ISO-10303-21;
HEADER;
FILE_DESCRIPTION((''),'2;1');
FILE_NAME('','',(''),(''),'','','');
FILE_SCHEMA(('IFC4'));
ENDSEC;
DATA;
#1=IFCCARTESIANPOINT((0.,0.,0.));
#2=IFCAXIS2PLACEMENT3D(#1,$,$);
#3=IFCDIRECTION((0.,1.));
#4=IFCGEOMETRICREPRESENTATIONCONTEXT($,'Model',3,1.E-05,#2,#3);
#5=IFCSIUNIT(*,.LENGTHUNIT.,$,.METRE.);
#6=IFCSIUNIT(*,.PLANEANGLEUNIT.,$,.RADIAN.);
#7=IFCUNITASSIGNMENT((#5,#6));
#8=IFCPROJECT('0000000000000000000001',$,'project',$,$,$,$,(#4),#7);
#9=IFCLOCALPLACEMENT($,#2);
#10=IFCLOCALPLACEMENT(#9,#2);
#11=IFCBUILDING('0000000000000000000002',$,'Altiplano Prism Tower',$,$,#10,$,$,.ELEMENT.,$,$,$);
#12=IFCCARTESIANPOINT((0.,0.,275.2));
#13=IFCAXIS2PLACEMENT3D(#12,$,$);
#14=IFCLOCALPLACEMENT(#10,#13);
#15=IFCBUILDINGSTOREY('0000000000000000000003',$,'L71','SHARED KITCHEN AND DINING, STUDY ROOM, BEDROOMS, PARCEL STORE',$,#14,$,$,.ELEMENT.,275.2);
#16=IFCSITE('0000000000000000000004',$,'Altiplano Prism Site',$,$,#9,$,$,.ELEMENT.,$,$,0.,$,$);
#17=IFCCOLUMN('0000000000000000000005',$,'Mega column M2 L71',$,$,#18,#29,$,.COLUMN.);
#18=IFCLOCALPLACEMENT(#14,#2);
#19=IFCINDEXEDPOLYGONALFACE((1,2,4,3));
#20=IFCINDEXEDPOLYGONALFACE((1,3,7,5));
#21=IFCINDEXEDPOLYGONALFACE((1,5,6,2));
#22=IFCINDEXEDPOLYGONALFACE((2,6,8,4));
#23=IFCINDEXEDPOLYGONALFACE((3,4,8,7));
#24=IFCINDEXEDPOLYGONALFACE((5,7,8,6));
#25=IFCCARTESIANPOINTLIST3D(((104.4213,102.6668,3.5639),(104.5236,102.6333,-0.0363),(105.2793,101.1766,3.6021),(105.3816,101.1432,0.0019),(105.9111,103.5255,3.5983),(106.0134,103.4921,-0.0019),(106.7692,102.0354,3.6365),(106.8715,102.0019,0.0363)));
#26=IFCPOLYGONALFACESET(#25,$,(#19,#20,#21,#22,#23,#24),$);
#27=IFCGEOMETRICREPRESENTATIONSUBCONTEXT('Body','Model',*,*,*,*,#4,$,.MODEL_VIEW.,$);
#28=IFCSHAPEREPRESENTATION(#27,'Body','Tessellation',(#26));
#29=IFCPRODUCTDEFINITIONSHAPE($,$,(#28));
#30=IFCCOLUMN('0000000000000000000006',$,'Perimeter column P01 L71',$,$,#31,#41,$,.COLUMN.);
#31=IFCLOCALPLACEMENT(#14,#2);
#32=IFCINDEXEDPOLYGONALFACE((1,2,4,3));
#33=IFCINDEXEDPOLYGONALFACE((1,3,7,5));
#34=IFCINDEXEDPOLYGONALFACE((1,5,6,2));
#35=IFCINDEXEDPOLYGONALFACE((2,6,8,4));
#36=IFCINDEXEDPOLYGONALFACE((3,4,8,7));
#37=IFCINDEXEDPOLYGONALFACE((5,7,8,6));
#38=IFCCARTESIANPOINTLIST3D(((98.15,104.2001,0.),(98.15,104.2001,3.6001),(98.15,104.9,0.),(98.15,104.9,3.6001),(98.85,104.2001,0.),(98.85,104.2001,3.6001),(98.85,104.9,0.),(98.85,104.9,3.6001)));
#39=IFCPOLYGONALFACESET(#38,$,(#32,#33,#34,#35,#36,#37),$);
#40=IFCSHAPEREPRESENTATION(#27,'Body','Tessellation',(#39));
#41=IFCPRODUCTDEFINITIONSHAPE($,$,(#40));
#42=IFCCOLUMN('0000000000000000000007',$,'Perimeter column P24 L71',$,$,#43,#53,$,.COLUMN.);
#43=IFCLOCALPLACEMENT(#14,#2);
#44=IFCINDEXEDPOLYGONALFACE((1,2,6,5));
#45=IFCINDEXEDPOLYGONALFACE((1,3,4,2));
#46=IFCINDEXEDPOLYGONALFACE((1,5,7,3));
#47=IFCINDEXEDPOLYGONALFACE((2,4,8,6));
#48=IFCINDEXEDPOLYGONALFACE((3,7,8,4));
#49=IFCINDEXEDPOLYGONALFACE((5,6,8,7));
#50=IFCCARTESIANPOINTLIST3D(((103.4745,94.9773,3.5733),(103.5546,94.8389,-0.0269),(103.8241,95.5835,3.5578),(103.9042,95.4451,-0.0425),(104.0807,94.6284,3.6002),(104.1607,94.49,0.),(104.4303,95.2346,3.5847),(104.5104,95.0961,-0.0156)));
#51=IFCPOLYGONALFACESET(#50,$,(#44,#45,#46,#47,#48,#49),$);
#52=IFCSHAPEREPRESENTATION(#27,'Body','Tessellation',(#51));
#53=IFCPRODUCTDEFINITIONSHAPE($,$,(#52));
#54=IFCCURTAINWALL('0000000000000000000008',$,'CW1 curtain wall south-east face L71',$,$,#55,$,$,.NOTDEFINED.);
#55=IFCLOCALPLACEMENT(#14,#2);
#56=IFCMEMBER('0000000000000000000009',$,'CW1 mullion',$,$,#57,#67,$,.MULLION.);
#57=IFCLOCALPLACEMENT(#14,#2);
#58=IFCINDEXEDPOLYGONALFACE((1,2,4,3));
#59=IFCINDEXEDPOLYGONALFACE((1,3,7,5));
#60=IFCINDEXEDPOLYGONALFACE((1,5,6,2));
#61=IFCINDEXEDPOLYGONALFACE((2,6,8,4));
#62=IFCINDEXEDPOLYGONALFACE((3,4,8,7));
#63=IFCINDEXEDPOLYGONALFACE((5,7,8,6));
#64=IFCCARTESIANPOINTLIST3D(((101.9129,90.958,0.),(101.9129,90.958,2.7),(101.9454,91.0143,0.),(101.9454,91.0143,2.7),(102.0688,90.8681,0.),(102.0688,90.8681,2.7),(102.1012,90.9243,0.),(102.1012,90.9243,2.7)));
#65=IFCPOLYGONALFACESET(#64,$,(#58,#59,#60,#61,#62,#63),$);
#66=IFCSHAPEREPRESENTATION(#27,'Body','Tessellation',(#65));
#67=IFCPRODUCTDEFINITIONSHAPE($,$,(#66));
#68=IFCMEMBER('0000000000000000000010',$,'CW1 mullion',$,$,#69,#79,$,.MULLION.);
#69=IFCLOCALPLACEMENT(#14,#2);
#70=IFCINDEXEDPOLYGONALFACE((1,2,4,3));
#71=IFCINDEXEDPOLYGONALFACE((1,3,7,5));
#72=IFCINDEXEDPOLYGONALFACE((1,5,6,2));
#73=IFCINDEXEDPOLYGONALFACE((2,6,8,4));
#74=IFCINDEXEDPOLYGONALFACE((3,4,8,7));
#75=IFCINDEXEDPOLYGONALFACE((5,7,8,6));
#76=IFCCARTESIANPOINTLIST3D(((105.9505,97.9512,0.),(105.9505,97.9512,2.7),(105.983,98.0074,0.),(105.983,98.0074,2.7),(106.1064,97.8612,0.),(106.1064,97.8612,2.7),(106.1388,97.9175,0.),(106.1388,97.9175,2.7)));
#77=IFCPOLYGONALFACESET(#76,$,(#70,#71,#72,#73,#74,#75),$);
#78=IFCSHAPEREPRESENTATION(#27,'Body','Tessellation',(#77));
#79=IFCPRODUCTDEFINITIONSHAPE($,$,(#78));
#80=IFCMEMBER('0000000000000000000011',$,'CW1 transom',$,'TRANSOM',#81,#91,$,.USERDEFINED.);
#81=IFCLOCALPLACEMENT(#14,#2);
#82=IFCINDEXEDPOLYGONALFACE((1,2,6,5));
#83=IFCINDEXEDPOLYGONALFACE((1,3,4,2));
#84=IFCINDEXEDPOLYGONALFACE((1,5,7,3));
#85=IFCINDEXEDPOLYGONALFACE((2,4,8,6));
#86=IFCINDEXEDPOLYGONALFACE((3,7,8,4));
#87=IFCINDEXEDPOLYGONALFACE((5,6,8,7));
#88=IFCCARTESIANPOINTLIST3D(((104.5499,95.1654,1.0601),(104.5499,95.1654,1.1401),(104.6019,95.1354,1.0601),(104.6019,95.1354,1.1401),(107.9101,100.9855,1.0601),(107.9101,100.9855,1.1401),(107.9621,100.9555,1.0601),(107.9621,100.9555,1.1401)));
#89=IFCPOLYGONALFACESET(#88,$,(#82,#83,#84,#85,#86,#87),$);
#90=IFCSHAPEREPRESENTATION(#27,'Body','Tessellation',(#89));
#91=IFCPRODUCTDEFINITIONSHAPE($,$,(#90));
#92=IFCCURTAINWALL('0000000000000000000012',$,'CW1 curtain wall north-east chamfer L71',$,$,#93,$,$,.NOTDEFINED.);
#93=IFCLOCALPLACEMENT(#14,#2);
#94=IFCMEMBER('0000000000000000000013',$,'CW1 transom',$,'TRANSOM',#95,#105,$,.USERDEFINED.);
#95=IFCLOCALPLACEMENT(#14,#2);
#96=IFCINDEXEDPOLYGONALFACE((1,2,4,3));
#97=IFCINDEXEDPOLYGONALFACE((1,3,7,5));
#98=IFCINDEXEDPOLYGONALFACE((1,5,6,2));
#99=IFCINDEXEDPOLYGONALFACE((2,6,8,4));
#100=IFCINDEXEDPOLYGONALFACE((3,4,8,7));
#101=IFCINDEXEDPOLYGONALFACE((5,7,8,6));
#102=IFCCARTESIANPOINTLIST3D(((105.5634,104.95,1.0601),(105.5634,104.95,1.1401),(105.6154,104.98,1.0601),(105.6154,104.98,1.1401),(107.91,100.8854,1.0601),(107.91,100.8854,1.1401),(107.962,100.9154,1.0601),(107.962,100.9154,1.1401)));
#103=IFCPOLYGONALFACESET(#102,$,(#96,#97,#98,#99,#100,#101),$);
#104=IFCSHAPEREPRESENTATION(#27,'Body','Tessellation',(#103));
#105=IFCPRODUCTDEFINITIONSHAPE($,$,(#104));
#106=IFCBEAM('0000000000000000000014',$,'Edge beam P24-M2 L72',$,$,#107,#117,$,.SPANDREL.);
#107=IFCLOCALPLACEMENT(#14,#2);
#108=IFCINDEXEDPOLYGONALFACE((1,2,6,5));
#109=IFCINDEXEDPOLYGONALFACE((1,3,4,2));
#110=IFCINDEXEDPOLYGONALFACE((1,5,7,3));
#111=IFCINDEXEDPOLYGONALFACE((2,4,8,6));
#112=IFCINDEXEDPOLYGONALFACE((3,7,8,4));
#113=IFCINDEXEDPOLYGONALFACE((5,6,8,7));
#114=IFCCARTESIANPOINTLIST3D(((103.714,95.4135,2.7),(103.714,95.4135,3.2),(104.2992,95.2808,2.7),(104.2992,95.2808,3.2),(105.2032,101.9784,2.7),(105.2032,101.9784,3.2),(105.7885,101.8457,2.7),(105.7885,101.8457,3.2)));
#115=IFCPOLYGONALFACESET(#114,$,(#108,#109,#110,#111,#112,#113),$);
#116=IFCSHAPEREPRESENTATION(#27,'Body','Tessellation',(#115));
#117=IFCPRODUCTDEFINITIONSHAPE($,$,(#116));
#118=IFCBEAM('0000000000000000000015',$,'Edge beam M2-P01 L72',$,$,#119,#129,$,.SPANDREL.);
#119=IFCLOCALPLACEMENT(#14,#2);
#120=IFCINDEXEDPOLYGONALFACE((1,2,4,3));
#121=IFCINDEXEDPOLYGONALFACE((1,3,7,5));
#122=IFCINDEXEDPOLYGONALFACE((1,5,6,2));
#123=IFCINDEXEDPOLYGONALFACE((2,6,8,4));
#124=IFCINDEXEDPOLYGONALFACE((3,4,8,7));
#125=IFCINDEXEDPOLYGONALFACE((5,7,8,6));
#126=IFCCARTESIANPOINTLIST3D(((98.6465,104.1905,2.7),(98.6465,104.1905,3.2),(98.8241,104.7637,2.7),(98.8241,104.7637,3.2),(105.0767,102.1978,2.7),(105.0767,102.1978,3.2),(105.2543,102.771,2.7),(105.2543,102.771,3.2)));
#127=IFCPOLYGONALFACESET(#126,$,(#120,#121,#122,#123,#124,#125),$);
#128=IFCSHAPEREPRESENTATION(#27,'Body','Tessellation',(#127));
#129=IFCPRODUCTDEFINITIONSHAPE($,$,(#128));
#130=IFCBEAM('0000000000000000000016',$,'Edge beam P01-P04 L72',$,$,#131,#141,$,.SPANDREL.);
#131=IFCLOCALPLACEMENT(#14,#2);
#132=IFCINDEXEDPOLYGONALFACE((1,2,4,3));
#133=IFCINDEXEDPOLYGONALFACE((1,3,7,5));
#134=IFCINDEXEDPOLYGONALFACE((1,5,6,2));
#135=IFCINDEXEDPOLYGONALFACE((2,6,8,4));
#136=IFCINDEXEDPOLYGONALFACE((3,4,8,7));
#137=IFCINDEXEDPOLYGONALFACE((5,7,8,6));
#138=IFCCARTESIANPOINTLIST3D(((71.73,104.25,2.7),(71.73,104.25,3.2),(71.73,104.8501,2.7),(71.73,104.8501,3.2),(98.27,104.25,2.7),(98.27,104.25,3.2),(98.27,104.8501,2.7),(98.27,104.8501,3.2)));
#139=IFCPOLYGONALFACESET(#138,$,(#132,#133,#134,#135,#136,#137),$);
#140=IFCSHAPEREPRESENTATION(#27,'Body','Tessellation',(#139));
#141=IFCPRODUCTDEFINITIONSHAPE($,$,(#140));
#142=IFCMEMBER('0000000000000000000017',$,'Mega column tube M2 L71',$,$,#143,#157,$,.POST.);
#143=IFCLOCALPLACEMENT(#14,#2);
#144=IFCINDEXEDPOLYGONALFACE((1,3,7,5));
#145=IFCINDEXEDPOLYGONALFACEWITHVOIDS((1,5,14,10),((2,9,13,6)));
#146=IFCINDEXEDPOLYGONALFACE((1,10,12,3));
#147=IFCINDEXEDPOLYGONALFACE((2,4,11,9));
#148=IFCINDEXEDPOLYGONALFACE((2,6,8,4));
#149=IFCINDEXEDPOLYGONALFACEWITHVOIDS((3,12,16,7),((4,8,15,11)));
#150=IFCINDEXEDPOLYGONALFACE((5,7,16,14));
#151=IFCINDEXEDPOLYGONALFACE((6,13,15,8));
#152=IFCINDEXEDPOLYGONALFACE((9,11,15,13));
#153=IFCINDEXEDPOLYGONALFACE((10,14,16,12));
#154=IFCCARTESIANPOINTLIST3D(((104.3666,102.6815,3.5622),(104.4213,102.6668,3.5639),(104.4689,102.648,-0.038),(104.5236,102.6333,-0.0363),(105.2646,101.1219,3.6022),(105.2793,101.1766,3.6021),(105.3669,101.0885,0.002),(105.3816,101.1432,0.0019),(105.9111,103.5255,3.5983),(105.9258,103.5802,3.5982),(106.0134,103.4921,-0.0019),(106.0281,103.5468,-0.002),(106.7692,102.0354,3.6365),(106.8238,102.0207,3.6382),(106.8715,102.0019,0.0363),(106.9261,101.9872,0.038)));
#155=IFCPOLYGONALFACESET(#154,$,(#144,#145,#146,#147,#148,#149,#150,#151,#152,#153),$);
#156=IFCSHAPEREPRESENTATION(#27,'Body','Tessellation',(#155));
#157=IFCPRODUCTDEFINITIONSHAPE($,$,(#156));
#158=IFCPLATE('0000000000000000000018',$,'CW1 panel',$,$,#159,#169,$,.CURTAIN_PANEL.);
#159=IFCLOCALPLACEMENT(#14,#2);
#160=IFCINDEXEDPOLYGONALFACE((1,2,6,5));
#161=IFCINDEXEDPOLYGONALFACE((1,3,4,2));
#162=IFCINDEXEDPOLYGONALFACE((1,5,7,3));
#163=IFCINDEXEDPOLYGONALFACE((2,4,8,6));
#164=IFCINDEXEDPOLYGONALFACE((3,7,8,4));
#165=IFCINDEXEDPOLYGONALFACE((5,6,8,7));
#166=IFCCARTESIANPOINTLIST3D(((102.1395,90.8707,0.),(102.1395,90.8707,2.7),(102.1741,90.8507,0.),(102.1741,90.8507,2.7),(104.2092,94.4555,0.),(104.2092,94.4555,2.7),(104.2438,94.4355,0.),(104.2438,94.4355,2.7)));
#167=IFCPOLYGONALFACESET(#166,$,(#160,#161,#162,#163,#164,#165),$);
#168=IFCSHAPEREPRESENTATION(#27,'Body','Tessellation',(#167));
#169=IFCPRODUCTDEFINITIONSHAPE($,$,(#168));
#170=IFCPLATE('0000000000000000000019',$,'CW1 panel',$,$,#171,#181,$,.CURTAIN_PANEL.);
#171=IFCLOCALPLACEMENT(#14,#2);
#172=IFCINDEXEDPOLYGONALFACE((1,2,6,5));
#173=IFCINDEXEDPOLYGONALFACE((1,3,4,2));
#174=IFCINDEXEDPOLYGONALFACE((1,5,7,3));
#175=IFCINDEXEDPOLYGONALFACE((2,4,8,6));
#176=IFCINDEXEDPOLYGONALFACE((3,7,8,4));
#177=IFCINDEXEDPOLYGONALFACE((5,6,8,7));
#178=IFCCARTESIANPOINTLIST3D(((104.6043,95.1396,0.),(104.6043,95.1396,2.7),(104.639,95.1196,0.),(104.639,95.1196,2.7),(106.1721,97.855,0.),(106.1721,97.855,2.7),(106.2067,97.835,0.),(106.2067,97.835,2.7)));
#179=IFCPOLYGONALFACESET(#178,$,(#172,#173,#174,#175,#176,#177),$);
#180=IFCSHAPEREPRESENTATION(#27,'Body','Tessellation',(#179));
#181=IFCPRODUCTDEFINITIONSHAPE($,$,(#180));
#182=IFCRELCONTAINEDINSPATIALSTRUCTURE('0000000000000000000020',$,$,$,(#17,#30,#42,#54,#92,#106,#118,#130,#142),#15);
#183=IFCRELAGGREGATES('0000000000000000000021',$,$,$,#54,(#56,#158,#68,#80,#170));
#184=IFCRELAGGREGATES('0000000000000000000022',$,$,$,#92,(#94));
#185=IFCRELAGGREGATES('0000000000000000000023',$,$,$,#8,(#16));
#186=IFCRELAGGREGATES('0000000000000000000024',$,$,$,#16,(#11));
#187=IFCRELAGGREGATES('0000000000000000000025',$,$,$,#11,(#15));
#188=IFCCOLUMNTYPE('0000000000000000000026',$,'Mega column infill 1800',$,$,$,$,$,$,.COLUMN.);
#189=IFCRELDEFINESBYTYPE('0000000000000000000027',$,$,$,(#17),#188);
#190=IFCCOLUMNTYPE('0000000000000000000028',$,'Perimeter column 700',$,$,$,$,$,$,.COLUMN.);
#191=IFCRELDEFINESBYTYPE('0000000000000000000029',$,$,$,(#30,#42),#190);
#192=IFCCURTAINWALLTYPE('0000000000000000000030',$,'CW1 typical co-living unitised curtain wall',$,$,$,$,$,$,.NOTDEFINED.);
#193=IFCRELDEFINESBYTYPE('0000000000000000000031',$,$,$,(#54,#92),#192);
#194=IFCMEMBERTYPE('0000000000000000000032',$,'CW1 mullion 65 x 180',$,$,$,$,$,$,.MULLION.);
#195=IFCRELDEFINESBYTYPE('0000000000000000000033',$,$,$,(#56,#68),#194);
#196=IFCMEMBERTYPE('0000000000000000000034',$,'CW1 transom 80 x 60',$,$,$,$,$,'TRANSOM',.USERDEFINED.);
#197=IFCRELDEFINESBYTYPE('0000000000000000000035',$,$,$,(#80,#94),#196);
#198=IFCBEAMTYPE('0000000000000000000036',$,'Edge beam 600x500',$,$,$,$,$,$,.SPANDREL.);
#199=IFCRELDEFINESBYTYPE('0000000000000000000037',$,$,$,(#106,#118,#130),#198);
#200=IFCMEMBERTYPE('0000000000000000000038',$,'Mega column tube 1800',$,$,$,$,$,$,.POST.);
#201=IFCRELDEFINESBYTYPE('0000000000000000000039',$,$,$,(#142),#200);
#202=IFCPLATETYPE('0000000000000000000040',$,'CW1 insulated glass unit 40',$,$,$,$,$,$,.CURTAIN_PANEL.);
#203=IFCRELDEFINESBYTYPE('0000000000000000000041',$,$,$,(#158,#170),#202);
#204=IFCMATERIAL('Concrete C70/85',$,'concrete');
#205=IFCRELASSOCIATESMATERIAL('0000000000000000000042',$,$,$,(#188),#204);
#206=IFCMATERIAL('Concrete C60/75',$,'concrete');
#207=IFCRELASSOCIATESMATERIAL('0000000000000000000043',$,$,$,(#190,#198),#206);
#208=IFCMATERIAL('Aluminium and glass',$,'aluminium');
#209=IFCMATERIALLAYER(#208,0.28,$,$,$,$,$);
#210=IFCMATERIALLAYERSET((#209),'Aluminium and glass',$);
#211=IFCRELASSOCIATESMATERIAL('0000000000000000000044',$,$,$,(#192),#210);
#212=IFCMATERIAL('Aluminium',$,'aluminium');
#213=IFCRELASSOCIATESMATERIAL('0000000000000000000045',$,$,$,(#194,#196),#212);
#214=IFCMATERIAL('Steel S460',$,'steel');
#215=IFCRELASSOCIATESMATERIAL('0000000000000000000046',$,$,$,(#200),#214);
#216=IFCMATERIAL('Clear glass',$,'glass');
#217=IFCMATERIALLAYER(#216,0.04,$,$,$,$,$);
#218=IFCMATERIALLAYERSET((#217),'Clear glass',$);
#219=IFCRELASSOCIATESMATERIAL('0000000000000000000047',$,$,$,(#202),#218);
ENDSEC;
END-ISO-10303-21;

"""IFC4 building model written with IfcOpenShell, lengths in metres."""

from ifc_helpers import new_model, si_unit, direction, frame, origin, origin_2d, place, context, subcontext, project, spatial, rectangle, hollow_rectangle, extrude, material, layer, layer_set, material_profile, profile_set, type_object, element, aggregate, save


model = new_model("IFC4")

# Units and contexts
model_context = context("Model", 3, precision=1e-05, world=origin(), true_north=direction((0.0, 1.0)))
body_context = subcontext(model_context, "Body", "Model", "MODEL_VIEW")
ifc_project = project(units=[si_unit("LENGTHUNIT", "METRE"), si_unit("PLANEANGLEUNIT", "RADIAN")], contexts=[model_context])

# Site, building, storey
site_placement = place(None, origin())
site = spatial("IfcSite", under=ifc_project, at=site_placement, Name="Altiplano Prism Site", CompositionType="ELEMENT", RefElevation=0.0)
building_placement = place(site_placement, origin())
building = spatial("IfcBuilding", under=site, at=building_placement, Name="Altiplano Prism Tower", CompositionType="ELEMENT")
storey_placement = place(building_placement, frame((0.0, 0.0, 275.2)))
storey = spatial("IfcBuildingStorey", under=building, at=storey_placement, Name="L71", Description="SHARED KITCHEN AND DINING, STUDY ROOM, BEDROOMS, PARCEL STORE", CompositionType="ELEMENT", Elevation=275.2)

# Columns
ifc_material_1 = material(Name="Concrete C70/85", Category="concrete")
ifc_material_profile_1 = material_profile(ifc_material_1, rectangle(XDim=1.72, YDim=1.72, at=origin_2d()), Name="Mega column infill 1800")
ifc_profile_set_1 = profile_set([ifc_material_profile_1], Name="Concrete C70/85")
column_type_1 = type_object("IfcColumnType", Name="Mega column infill 1800", PredefinedType="COLUMN", material=ifc_profile_set_1)
column_1_placement = place(storey_placement, frame((105.6975, 102.3176, 0.0), z_axis=(-0.028402, 0.009287, 0.999553), x_axis=(0.498884, -0.866384, 0.022225)))
element("IfcColumn", 1, at=column_1_placement, inside=storey, type_object=column_type_1, Name="Mega column M2 L71", PredefinedType="COLUMN", context=body_context, shape_type="SweptSolid", body=[
    extrude(rectangle(XDim=1.72, YDim=1.72, at=origin_2d()), origin(), (0.0, 0.0, 1.0), 3.6018),
])
ifc_material_2 = material(Name="Concrete C60/75", Category="concrete")
ifc_material_profile_2 = material_profile(ifc_material_2, rectangle(XDim=0.7, YDim=0.7, at=origin_2d()), Name="Perimeter column 700")
ifc_profile_set_2 = profile_set([ifc_material_profile_2], Name="Concrete C60/75")
column_type_2 = type_object("IfcColumnType", Name="Perimeter column 700", PredefinedType="COLUMN", material=ifc_profile_set_2)
column_2_placement = place(storey_placement, frame((98.5, 104.55, 0.0), z_axis=(0.0, 0.0, 1.0), x_axis=(1.0, 0.0, 0.0)))
element("IfcColumn", 2, at=column_2_placement, inside=storey, type_object=column_type_2, Name="Perimeter column P01 L71", PredefinedType="COLUMN", context=body_context, shape_type="SweptSolid", body=[
    extrude(rectangle(XDim=0.7, YDim=0.7, at=origin_2d()), origin(), (0.0, 0.0, 1.0), 3.6001),
])
column_3_placement = place(storey_placement, frame((104.0325, 94.9675, -0.0212), z_axis=(-0.022221, 0.038413, 0.999015), x_axis=(-0.499513, -0.866022, 0.022189)))
element("IfcColumn", 3, at=column_3_placement, inside=storey, type_object=column_type_2, Name="Perimeter column P24 L71", PredefinedType="COLUMN", context=body_context, shape_type="SweptSolid", body=[
    extrude(rectangle(XDim=0.7, YDim=0.7, at=origin_2d()), origin(), (0.0, 0.0, 1.0), 3.6038),
])

# Curtain wall, members
ifc_material_3 = material(Name="Aluminium and glass", Category="aluminium")
ifc_layer_1 = layer(ifc_material_3, 0.28)
ifc_layer_set_1 = layer_set([ifc_layer_1], Name="Aluminium and glass")
curtain_wall_type = type_object("IfcCurtainWallType", Name="CW1 typical co-living unitised curtain wall", PredefinedType="NOTDEFINED", material=ifc_layer_set_1)
curtain_wall_1_placement = place(storey_placement, origin())
curtain_wall_1 = element("IfcCurtainWall", 4, at=curtain_wall_1_placement, inside=storey, type_object=curtain_wall_type, Name="CW1 curtain wall south-east face L71", PredefinedType="NOTDEFINED")
ifc_material_4 = material(Name="Aluminium", Category="aluminium")
ifc_material_profile_3 = material_profile(ifc_material_4, rectangle(XDim=0.1799, YDim=0.0649, at=origin_2d()), Name="CW1 mullion 65 x 180")
ifc_profile_set_3 = profile_set([ifc_material_profile_3], Name="Aluminium")
member_type_1 = type_object("IfcMemberType", Name="CW1 mullion 65 x 180", PredefinedType="MULLION", material=ifc_profile_set_3)
member_1_placement = place(storey_placement, frame((102.0071, 90.9412, 0.0), z_axis=(0.0, 0.0, 1.0), x_axis=(-0.866025, 0.5, 0.0)))
member_1 = element("IfcMember", 5, at=member_1_placement, type_object=member_type_1, Name="CW1 mullion", PredefinedType="MULLION", context=body_context, shape_type="SweptSolid", body=[
    extrude(rectangle(XDim=0.1799, YDim=0.0649, at=origin_2d()), origin(), (0.0, 0.0, 1.0), 2.7),
])
member_2_placement = place(storey_placement, frame((106.0447, 97.9343, 0.0), z_axis=(0.0, 0.0, 1.0), x_axis=(-0.866025, 0.5, 0.0)))
member_2 = element("IfcMember", 6, at=member_2_placement, type_object=member_type_1, Name="CW1 mullion", PredefinedType="MULLION", context=body_context, shape_type="SweptSolid", body=[
    extrude(rectangle(XDim=0.1799, YDim=0.0649, at=origin_2d()), origin(), (0.0, 0.0, 1.0), 2.7),
])
ifc_material_profile_4 = material_profile(ifc_material_4, rectangle(XDim=0.0601, YDim=0.0801, at=origin_2d()), Name="CW1 transom 80 x 60")
ifc_profile_set_4 = profile_set([ifc_material_profile_4], Name="Aluminium")
member_type_2 = type_object("IfcMemberType", Name="CW1 transom 80 x 60", ElementType="TRANSOM", PredefinedType="USERDEFINED", material=ifc_profile_set_4)
member_3_placement = place(storey_placement, frame((104.5759, 95.1504, 1.1001), z_axis=(0.499988, 0.866033, 0.0), x_axis=(-0.866033, 0.499988, 0.0)))
member_3 = element("IfcMember", 7, at=member_3_placement, type_object=member_type_2, Name="CW1 transom", ObjectType="TRANSOM", PredefinedType="USERDEFINED", context=body_context, shape_type="SweptSolid", body=[
    extrude(rectangle(XDim=0.0601, YDim=0.0801, at=origin_2d()), origin(), (0.0, 0.0, 1.0), 6.7205),
])

# Curtain wall, member
curtain_wall_2_placement = place(storey_placement, origin())
curtain_wall_2 = element("IfcCurtainWall", 8, at=curtain_wall_2_placement, inside=storey, type_object=curtain_wall_type, Name="CW1 curtain wall north-east chamfer L71", PredefinedType="NOTDEFINED")
member_4_placement = place(storey_placement, frame((107.936, 100.9004, 1.1001), z_axis=(-0.499988, 0.866032, 0.0), x_axis=(-0.866032, -0.499988, 0.0)))
member_4 = element("IfcMember", 9, at=member_4_placement, type_object=member_type_2, Name="CW1 transom", ObjectType="TRANSOM", PredefinedType="USERDEFINED", context=body_context, shape_type="SweptSolid", body=[
    extrude(rectangle(XDim=0.0601, YDim=0.0801, at=origin_2d()), origin(), (0.0, 0.0, 1.0), 4.6934),
])

# Beams
ifc_material_profile_5 = material_profile(ifc_material_2, rectangle(XDim=0.6001, YDim=0.5, at=origin_2d()), Name="Edge beam 600x500")
ifc_profile_set_5 = profile_set([ifc_material_profile_5], Name="Concrete C60/75")
beam_type = type_object("IfcBeamType", Name="Edge beam 600x500", PredefinedType="SPANDREL", material=ifc_profile_set_5)
beam_1_placement = place(storey_placement, frame((104.0066, 95.3472, 2.95), z_axis=(0.221229, 0.975222, 0.0), x_axis=(-0.975222, 0.221229, 0.0)))
element("IfcBeam", 10, at=beam_1_placement, inside=storey, type_object=beam_type, Name="Edge beam P24-M2 L72", PredefinedType="SPANDREL", context=body_context, shape_type="SweptSolid", body=[
    extrude(rectangle(XDim=0.6001, YDim=0.5, at=origin_2d()), origin(), (0.0, 0.0, 1.0), 6.7317),
])
beam_2_placement = place(storey_placement, frame((105.1655, 102.4844, 2.95), z_axis=(-0.955186, 0.296007, 0.0), x_axis=(-0.296007, -0.955186, 0.0)))
element("IfcBeam", 11, at=beam_2_placement, inside=storey, type_object=beam_type, Name="Edge beam M2-P01 L72", PredefinedType="SPANDREL", context=body_context, shape_type="SweptSolid", body=[
    extrude(rectangle(XDim=0.6001, YDim=0.5, at=origin_2d()), origin(), (0.0, 0.0, 1.0), 6.7319),
])
beam_3_placement = place(storey_placement, frame((98.27, 104.55, 2.95), z_axis=(-1.0, 0.0, 0.0), x_axis=(0.0, -1.0, 0.0)))
element("IfcBeam", 12, at=beam_3_placement, inside=storey, type_object=beam_type, Name="Edge beam P01-P04 L72", PredefinedType="SPANDREL", context=body_context, shape_type="SweptSolid", body=[
    extrude(rectangle(XDim=0.6001, YDim=0.5, at=origin_2d()), origin(), (0.0, 0.0, 1.0), 26.54),
])

# Member
ifc_material_5 = material(Name="Steel S460", Category="steel")
ifc_material_profile_6 = material_profile(ifc_material_5, hollow_rectangle(XDim=1.8, YDim=1.8, WallThickness=0.04, at=origin_2d()), Name="Mega column tube 1800")
ifc_profile_set_6 = profile_set([ifc_material_profile_6], Name="Steel S460")
member_type_3 = type_object("IfcMemberType", Name="Mega column tube 1800", PredefinedType="POST", material=ifc_profile_set_6)
member_5_placement = place(storey_placement, frame((105.6975, 102.3176, 0.0), z_axis=(-0.028402, 0.009287, 0.999553), x_axis=(0.498884, -0.866384, 0.022225)))
element("IfcMember", 13, at=member_5_placement, inside=storey, type_object=member_type_3, Name="Mega column tube M2 L71", PredefinedType="POST", context=body_context, shape_type="SweptSolid", body=[
    extrude(hollow_rectangle(XDim=1.8, YDim=1.8, WallThickness=0.04, at=origin_2d()), origin(), (0.0, 0.0, 1.0), 3.6018),
])

# Plates
ifc_material_6 = material(Name="Clear glass", Category="glass")
ifc_layer_2 = layer(ifc_material_6, 0.04)
ifc_layer_set_2 = layer_set([ifc_layer_2], Name="Clear glass")
plate_type = type_object("IfcPlateType", Name="CW1 insulated glass unit 40", PredefinedType="CURTAIN_PANEL", material=ifc_layer_set_2)
plate_1_placement = place(storey_placement, frame((103.1917, 92.6531, 0.0), z_axis=(0.0, 0.0, 1.0), x_axis=(0.5, 0.866025, 0.0)))
plate_1 = element("IfcPlate", 14, at=plate_1_placement, type_object=plate_type, Name="CW1 panel", PredefinedType="CURTAIN_PANEL", context=body_context, shape_type="SweptSolid", body=[
    extrude(rectangle(XDim=4.1394, YDim=0.04, at=origin_2d()), origin(), (0.0, 0.0, 1.0), 2.7),
])
plate_2_placement = place(storey_placement, frame((105.4055, 96.4873, 0.0), z_axis=(0.0, 0.0, 1.0), x_axis=(0.5, 0.866025, 0.0)))
plate_2 = element("IfcPlate", 15, at=plate_2_placement, type_object=plate_type, Name="CW1 panel", PredefinedType="CURTAIN_PANEL", context=body_context, shape_type="SweptSolid", body=[
    extrude(rectangle(XDim=3.1355, YDim=0.04, at=origin_2d()), origin(), (0.0, 0.0, 1.0), 2.7),
])
aggregate(curtain_wall_1, [member_1, plate_1, member_2, member_3, plate_2])
aggregate(curtain_wall_2, [member_4])

save(model, "model.ifc")
